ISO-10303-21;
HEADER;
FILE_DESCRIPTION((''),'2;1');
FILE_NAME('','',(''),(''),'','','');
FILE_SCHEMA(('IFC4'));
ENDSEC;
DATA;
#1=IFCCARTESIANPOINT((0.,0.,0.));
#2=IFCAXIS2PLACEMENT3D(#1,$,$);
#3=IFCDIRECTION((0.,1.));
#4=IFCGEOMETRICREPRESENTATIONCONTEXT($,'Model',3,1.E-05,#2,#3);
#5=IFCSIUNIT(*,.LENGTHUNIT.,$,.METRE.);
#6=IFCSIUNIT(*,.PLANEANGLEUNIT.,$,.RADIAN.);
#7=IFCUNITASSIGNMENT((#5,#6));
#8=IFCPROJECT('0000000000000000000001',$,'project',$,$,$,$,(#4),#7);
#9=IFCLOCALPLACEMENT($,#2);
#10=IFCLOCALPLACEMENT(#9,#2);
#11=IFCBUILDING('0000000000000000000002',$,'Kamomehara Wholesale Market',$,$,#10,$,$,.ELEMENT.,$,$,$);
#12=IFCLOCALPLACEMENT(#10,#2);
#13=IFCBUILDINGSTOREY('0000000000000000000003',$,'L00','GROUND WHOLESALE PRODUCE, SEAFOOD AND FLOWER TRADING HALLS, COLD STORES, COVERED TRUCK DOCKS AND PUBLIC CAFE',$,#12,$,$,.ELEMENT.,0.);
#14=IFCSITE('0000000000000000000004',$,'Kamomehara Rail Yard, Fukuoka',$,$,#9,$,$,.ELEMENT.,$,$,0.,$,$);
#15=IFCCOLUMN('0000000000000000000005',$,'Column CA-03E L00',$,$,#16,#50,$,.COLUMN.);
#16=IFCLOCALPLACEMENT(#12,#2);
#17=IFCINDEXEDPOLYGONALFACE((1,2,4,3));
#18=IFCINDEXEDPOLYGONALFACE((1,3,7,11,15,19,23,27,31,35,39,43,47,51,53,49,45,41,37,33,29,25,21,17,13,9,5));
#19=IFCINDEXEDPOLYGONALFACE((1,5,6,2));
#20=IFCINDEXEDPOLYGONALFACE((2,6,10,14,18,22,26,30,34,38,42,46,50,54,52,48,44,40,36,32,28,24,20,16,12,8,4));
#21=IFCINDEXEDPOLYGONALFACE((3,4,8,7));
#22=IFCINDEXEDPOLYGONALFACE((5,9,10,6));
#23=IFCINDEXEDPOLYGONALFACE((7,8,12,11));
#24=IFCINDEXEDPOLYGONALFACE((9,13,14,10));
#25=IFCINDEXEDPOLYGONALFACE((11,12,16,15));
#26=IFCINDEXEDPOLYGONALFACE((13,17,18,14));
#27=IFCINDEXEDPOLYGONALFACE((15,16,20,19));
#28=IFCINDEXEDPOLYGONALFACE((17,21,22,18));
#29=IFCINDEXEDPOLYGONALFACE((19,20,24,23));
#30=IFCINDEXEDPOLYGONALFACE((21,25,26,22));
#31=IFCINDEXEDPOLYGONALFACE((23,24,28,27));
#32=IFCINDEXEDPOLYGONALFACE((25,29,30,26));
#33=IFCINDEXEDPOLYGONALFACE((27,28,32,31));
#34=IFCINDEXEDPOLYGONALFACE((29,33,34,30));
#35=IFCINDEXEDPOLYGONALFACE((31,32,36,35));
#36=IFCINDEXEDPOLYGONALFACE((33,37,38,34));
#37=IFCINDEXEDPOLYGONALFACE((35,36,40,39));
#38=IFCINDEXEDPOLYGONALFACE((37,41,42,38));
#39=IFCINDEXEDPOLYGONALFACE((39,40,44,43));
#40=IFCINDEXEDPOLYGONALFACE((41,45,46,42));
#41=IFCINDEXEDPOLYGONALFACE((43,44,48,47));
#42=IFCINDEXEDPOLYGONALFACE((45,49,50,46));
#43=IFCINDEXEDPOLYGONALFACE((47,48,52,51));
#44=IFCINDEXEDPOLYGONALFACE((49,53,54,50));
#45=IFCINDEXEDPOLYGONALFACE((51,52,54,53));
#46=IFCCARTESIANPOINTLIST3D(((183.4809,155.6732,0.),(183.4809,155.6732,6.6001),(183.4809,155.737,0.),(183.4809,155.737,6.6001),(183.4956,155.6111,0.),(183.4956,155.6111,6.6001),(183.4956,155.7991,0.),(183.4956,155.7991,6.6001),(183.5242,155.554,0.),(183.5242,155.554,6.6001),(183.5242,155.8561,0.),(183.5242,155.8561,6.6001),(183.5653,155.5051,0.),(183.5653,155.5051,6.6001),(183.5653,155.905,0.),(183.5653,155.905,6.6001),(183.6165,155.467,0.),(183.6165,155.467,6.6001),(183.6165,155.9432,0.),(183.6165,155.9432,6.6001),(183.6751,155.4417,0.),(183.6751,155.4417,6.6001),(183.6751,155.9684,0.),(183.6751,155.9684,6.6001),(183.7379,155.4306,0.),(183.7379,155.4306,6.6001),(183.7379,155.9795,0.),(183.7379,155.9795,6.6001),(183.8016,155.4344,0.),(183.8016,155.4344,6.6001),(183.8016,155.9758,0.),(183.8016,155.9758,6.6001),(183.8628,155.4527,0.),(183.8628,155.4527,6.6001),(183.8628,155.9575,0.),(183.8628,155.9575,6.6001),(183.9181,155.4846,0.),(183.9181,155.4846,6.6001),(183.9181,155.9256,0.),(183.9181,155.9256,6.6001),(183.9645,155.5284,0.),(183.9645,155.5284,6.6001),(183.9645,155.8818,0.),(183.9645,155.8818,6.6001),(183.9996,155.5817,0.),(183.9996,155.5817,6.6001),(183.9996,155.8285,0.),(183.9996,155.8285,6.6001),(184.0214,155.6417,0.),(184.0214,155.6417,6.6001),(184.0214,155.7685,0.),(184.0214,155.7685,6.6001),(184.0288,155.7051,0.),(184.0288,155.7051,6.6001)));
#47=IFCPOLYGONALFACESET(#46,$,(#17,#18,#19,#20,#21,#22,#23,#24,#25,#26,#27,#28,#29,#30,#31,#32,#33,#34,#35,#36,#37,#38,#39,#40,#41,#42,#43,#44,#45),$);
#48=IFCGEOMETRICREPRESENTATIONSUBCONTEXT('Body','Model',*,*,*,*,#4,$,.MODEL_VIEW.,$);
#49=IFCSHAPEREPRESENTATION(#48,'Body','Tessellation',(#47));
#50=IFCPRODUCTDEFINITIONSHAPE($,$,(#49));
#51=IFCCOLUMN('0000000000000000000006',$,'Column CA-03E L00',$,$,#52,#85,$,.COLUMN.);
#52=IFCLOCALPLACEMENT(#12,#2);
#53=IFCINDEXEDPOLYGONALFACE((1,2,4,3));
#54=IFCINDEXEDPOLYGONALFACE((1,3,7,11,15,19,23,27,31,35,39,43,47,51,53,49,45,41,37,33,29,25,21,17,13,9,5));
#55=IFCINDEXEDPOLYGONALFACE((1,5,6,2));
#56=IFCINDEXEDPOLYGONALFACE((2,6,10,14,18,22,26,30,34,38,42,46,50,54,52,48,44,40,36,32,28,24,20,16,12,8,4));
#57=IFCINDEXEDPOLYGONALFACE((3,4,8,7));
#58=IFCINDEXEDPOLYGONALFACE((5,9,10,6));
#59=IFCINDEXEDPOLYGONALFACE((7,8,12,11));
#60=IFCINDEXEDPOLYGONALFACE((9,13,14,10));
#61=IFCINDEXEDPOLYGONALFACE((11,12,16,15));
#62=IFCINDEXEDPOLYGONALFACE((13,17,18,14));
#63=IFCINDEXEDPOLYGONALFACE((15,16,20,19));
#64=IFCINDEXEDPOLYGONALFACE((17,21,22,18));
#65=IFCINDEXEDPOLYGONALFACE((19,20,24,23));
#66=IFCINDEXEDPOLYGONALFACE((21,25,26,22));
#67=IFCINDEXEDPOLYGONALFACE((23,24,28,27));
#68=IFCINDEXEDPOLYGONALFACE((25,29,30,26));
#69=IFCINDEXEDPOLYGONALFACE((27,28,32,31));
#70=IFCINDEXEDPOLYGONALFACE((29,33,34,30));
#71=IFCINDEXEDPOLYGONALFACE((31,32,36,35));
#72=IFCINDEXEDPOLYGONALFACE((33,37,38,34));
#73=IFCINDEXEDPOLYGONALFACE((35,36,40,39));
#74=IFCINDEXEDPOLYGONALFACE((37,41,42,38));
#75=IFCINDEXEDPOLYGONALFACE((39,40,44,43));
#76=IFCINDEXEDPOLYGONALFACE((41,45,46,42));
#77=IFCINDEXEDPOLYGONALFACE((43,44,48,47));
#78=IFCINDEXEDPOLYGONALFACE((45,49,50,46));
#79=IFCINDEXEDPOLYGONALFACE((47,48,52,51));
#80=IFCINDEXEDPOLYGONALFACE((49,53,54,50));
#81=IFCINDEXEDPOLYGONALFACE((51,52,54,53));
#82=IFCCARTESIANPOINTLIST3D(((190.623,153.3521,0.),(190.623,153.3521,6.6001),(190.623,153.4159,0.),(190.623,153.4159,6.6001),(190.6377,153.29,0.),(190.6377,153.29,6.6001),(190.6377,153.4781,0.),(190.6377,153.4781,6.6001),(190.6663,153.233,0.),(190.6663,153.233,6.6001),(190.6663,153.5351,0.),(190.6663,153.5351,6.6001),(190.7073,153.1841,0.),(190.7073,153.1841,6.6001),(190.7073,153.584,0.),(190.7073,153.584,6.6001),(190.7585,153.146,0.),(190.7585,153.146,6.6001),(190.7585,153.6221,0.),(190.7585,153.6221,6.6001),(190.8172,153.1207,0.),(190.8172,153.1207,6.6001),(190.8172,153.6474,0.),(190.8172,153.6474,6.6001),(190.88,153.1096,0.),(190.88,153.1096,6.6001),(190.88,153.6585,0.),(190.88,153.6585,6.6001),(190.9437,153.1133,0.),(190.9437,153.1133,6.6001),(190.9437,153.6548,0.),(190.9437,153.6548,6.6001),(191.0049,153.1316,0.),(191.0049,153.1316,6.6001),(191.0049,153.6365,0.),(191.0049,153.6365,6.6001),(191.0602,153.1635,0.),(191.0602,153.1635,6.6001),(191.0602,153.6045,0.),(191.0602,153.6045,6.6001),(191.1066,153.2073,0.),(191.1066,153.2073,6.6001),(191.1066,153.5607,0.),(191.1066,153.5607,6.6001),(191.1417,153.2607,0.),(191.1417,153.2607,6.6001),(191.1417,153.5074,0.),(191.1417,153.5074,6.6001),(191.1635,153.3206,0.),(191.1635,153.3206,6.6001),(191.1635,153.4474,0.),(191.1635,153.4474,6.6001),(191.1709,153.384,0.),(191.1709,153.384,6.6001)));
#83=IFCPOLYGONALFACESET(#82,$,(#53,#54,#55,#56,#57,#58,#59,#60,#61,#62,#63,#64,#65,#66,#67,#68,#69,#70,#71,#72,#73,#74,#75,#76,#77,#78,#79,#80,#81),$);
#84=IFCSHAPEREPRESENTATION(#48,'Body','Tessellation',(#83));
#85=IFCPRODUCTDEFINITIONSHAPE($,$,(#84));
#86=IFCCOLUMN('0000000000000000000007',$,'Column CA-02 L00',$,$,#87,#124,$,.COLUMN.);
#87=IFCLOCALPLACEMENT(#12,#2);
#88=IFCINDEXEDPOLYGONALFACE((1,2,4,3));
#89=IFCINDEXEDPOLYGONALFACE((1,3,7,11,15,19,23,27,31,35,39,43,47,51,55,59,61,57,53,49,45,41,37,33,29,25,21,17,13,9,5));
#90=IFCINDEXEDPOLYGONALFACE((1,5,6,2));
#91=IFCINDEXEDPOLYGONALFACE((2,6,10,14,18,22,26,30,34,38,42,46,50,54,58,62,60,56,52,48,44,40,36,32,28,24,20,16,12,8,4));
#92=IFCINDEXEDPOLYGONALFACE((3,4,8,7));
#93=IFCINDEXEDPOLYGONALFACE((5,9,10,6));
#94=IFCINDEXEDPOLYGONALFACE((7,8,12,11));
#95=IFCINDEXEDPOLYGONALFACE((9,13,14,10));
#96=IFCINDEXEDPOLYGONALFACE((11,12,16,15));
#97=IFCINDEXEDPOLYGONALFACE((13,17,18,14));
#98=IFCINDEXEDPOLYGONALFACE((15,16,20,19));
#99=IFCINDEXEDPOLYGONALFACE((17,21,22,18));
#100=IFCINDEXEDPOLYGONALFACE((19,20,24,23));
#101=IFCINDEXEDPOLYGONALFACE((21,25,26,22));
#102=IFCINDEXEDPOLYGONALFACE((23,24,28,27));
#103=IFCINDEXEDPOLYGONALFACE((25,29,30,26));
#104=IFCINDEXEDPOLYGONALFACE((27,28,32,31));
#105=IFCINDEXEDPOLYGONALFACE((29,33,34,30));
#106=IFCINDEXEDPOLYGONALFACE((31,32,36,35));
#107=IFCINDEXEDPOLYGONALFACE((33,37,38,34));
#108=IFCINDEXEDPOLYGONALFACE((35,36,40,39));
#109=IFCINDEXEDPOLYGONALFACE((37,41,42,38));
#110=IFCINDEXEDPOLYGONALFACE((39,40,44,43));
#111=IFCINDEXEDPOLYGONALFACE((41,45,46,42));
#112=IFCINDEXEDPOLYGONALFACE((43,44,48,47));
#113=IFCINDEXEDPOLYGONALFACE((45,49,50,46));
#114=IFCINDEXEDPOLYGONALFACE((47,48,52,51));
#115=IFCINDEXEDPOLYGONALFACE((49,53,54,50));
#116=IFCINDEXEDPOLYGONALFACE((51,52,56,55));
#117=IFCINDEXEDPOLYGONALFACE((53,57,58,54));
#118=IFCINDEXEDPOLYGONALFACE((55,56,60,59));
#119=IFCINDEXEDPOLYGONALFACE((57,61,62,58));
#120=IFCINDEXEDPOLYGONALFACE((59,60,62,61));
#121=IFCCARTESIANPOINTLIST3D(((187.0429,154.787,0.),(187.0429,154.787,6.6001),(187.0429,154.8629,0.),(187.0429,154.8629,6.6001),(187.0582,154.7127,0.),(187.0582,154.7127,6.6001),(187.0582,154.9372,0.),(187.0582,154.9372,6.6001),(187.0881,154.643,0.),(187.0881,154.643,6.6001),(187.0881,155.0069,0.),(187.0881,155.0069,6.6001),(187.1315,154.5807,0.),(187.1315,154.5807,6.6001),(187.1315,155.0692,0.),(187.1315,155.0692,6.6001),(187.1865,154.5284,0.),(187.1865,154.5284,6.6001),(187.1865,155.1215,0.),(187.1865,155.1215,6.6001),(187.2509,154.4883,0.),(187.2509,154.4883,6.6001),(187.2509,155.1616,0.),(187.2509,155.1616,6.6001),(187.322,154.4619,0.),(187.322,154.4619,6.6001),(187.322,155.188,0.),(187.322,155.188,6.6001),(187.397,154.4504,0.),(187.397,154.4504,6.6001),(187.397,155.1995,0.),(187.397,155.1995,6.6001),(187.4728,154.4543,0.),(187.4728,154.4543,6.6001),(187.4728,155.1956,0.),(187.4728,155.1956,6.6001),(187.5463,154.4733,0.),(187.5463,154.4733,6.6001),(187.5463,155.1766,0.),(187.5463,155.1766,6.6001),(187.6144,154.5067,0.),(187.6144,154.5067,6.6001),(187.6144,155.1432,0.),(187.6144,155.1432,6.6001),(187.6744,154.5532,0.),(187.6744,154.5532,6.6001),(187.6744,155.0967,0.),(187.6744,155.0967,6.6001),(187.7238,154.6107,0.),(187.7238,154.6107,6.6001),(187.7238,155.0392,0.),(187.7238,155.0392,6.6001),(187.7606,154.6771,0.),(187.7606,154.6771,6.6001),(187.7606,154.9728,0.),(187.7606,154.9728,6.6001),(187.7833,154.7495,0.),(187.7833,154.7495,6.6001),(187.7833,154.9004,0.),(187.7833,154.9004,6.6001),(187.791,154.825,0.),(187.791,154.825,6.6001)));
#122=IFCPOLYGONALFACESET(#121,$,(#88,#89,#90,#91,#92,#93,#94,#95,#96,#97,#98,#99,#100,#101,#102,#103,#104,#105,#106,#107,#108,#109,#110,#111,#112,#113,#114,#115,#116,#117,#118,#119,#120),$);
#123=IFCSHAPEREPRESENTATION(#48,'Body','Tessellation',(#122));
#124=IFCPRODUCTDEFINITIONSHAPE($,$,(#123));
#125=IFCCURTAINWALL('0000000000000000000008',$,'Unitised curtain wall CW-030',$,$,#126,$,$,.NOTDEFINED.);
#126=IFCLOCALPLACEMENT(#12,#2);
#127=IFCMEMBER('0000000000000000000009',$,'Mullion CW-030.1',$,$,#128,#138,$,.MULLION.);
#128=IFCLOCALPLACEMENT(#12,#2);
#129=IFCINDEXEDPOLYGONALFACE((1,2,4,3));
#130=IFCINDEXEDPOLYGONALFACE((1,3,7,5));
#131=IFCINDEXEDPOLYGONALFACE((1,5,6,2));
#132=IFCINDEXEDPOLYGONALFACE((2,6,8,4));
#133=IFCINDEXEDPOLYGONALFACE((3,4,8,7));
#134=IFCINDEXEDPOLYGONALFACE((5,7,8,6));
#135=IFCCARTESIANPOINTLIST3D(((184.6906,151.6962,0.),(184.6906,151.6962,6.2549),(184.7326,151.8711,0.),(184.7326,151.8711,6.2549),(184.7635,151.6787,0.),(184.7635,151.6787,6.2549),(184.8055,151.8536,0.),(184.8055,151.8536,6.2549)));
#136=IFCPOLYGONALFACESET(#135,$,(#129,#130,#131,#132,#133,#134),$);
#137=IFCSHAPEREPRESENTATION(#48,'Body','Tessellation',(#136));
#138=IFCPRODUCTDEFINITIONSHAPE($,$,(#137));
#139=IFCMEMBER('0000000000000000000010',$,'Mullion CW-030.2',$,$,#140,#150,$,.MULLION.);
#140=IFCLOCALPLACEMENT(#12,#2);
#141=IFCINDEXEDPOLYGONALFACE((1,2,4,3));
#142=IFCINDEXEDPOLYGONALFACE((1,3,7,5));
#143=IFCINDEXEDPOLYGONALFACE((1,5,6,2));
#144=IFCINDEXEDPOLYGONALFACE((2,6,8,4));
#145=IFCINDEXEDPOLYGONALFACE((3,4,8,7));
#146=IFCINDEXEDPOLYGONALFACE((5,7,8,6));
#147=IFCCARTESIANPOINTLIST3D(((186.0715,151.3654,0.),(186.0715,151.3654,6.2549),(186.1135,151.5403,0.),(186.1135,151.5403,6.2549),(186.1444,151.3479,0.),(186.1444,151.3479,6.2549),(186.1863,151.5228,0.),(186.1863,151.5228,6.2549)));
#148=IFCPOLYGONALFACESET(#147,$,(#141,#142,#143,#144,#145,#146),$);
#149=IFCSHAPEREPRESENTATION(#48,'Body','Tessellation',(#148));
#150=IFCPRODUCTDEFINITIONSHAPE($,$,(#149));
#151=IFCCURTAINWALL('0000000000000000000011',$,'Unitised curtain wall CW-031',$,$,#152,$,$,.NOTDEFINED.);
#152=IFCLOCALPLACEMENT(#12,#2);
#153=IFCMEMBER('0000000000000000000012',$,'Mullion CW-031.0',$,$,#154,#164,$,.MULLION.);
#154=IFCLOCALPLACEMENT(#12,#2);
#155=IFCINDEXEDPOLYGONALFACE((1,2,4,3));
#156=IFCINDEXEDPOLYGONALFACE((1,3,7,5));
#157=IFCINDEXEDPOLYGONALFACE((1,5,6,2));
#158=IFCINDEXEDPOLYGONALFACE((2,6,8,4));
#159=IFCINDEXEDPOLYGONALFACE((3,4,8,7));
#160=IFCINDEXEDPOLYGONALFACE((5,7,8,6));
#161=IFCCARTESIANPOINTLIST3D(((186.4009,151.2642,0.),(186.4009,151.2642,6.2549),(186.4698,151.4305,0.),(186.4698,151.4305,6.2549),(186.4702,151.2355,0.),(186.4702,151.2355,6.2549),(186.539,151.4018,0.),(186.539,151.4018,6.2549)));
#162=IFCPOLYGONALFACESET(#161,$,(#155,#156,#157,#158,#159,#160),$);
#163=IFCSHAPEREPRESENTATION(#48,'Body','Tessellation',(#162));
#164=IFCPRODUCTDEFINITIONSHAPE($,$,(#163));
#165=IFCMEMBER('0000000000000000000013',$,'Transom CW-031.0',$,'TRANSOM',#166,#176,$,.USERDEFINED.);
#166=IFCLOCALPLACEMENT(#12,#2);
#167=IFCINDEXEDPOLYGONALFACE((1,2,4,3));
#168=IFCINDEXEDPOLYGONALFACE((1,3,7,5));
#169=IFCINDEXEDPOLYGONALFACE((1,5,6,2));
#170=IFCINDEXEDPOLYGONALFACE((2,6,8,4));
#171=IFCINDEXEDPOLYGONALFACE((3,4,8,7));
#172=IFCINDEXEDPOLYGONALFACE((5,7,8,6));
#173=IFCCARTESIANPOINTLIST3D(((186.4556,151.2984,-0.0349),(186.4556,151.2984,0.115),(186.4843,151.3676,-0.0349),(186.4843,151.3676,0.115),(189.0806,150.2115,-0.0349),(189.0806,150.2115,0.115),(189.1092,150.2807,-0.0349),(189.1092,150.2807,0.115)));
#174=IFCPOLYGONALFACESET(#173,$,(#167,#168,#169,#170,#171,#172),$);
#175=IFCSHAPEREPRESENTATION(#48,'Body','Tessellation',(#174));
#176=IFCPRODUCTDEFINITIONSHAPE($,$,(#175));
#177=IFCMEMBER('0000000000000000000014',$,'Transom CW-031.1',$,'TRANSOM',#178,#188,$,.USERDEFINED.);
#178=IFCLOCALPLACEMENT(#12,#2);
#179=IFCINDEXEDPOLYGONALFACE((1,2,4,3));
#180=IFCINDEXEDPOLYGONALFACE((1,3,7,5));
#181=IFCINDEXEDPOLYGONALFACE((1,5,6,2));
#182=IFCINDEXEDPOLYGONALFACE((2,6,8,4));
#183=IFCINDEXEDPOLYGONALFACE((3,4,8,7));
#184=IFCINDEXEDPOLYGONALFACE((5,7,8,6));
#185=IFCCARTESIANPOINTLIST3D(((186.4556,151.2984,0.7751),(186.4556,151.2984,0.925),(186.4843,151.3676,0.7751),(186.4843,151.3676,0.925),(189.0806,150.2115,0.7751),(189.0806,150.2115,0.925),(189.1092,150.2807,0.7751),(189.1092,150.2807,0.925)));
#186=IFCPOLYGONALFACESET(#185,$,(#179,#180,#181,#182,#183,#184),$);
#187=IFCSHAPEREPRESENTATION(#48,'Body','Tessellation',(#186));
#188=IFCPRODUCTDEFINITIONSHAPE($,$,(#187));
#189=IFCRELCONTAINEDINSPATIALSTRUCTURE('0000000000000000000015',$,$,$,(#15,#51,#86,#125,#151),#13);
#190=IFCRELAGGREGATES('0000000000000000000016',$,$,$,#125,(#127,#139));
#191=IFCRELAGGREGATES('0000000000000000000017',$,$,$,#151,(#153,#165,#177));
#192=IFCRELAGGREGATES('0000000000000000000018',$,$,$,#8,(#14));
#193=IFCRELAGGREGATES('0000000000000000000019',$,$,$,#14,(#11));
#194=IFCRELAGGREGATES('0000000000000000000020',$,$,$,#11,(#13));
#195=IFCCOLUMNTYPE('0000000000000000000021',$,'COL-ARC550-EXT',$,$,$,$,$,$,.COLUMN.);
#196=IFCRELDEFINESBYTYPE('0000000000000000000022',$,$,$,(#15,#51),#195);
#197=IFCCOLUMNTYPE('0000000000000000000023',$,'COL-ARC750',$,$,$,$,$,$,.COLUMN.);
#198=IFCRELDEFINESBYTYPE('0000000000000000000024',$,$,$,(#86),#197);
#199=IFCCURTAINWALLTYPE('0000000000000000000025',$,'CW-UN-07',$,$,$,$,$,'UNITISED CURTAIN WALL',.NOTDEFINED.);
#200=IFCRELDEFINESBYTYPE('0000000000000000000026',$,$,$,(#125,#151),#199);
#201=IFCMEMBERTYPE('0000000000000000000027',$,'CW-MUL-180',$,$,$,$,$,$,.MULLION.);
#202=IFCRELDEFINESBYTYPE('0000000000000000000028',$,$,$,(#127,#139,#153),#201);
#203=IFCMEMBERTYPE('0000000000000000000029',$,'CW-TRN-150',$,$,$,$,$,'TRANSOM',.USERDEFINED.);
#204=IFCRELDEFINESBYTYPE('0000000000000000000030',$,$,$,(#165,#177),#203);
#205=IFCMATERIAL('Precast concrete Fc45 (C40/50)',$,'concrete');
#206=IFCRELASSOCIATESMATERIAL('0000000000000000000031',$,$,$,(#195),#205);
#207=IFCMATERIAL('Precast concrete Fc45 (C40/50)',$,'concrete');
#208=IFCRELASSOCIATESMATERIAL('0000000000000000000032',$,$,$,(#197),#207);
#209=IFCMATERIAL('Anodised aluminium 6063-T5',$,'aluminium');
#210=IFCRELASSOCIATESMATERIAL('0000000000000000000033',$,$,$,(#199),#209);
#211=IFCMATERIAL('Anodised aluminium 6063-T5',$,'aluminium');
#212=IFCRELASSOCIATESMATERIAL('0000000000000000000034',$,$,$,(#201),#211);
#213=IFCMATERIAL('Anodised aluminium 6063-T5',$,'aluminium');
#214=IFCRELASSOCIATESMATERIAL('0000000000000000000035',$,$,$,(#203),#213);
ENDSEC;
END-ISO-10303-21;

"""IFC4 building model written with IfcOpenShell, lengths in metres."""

from ifc_helpers import new_model, si_unit, direction, frame, origin, origin_2d, place, context, subcontext, project, spatial, rectangle, circle, extrude, material, material_profile, profile_set, type_object, element, aggregate, save


model = new_model("IFC4")

# Units and contexts
model_context = context("Model", 3, precision=1e-05, world=origin(), true_north=direction((0.0, 1.0)))
body_context = subcontext(model_context, "Body", "Model", "MODEL_VIEW")
ifc_project = project(units=[si_unit("LENGTHUNIT", "METRE"), si_unit("PLANEANGLEUNIT", "RADIAN")], contexts=[model_context])

# Site, building, storey
site_placement = place(None, origin())
site = spatial("IfcSite", under=ifc_project, at=site_placement, Name="Kamomehara Rail Yard, Fukuoka", CompositionType="ELEMENT", RefElevation=0.0)
building_placement = place(site_placement, origin())
building = spatial("IfcBuilding", under=site, at=building_placement, Name="Kamomehara Wholesale Market", CompositionType="ELEMENT")
storey_placement = place(building_placement, origin())
storey = spatial("IfcBuildingStorey", under=building, at=storey_placement, Name="L00", Description="GROUND WHOLESALE PRODUCE, SEAFOOD AND FLOWER TRADING HALLS, COLD STORES, COVERED TRUCK DOCKS AND PUBLIC CAFE", CompositionType="ELEMENT", Elevation=0.0)

# Columns
ifc_material_1 = material(Name="Precast concrete Fc45 (C40/50)", Category="concrete")
ifc_material_profile_1 = material_profile(ifc_material_1, circle(Radius=0.2749, at=origin_2d()), Name="PC-ARC-D550")
ifc_profile_set_1 = profile_set([ifc_material_profile_1], Name="Precast concrete Fc45 (C40/50)")
column_type_1 = type_object("IfcColumnType", Name="COL-ARC550-EXT", PredefinedType="COLUMN", material=ifc_profile_set_1)
for number, where, z_axis, x_axis, name in (
    (1, (183.7539, 155.7051, 0.0), (0.0, 0.0, 1.0), (1.0, 0.0, 0.0), "Column CA-03E L00"),
    (2, (190.896, 153.384, 0.0), (0.0, 0.0, 1.0), (1.0, 0.0, 0.0), "Column CA-03E L00"),
):
    element("IfcColumn", number, at=place(storey_placement, frame(where, z_axis=z_axis, x_axis=x_axis)), inside=storey, type_object=column_type_1, Name=name, PredefinedType="COLUMN", context=body_context, shape_type="SweptSolid", body=[
        extrude(circle(Radius=0.2749, at=origin_2d()), origin(), (0.0, 0.0, 1.0), 6.6001),
    ])
ifc_material_2 = material(Name="Precast concrete Fc45 (C40/50)", Category="concrete")
ifc_material_profile_2 = material_profile(ifc_material_2, circle(Radius=0.375, at=origin_2d()), Name="PC-ARC-D750")
ifc_profile_set_2 = profile_set([ifc_material_profile_2], Name="Precast concrete Fc45 (C40/50)")
column_type_2 = type_object("IfcColumnType", Name="COL-ARC750", PredefinedType="COLUMN", material=ifc_profile_set_2)
column_placement = place(storey_placement, frame((187.416, 154.825, 0.0), z_axis=(0.0, 0.0, 1.0), x_axis=(1.0, 0.0, 0.0)))
element("IfcColumn", 3, at=column_placement, inside=storey, type_object=column_type_2, Name="Column CA-02 L00", PredefinedType="COLUMN", context=body_context, shape_type="SweptSolid", body=[
    extrude(circle(Radius=0.375, at=origin_2d()), origin(), (0.0, 0.0, 1.0), 6.6001),
])

# Curtain walls, members
ifc_material_3 = material(Name="Anodised aluminium 6063-T5", Category="aluminium")
curtain_wall_type = type_object("IfcCurtainWallType", Name="CW-UN-07", ElementType="UNITISED CURTAIN WALL", PredefinedType="NOTDEFINED", material=ifc_material_3)
curtain_wall_1_placement = place(storey_placement, origin())
curtain_wall_1 = element("IfcCurtainWall", 4, at=curtain_wall_1_placement, inside=storey, type_object=curtain_wall_type, Name="Unitised curtain wall CW-030", PredefinedType="NOTDEFINED")
ifc_material_4 = material(Name="Anodised aluminium 6063-T5", Category="aluminium")
ifc_material_profile_3 = material_profile(ifc_material_4, rectangle(XDim=0.075, YDim=0.1799, at=origin_2d()), Name="ALU-MUL-75x180")
ifc_profile_set_3 = profile_set([ifc_material_profile_3], Name="Anodised aluminium 6063-T5")
member_type_1 = type_object("IfcMemberType", Name="CW-MUL-180", PredefinedType="MULLION", material=ifc_profile_set_3)
member_1_placement = place(storey_placement, frame((184.748, 151.7749, 0.0), z_axis=(0.0, 0.0, 1.0), x_axis=(0.972397, -0.233333, 0.0)))
member_1 = element("IfcMember", 5, at=member_1_placement, type_object=member_type_1, Name="Mullion CW-030.1", PredefinedType="MULLION", context=body_context, shape_type="SweptSolid", body=[
    extrude(rectangle(XDim=0.075, YDim=0.1799, at=origin_2d()), origin(), (0.0, 0.0, 1.0), 6.2549),
])
member_2_placement = place(storey_placement, frame((186.1289, 151.4441, 0.0), z_axis=(0.0, 0.0, 1.0), x_axis=(0.972397, -0.233333, 0.0)))
member_2 = element("IfcMember", 6, at=member_2_placement, type_object=member_type_1, Name="Mullion CW-030.2", PredefinedType="MULLION", context=body_context, shape_type="SweptSolid", body=[
    extrude(rectangle(XDim=0.075, YDim=0.1799, at=origin_2d()), origin(), (0.0, 0.0, 1.0), 6.2549),
])
curtain_wall_2_placement = place(storey_placement, origin())
curtain_wall_2 = element("IfcCurtainWall", 7, at=curtain_wall_2_placement, inside=storey, type_object=curtain_wall_type, Name="Unitised curtain wall CW-031", PredefinedType="NOTDEFINED")
member_3_placement = place(storey_placement, frame((186.47, 151.333, 0.0), z_axis=(0.0, 0.0, 1.0), x_axis=(0.923918, -0.38259, 0.0)))
member_3 = element("IfcMember", 8, at=member_3_placement, type_object=member_type_1, Name="Mullion CW-031.0", PredefinedType="MULLION", context=body_context, shape_type="SweptSolid", body=[
    extrude(rectangle(XDim=0.075, YDim=0.1799, at=origin_2d()), origin(), (0.0, 0.0, 1.0), 6.2549),
])
ifc_material_5 = material(Name="Anodised aluminium 6063-T5", Category="aluminium")
ifc_material_profile_4 = material_profile(ifc_material_5, rectangle(XDim=0.075, YDim=0.1499, at=origin_2d()), Name="ALU-TRN-75x150")
ifc_profile_set_4 = profile_set([ifc_material_profile_4], Name="Anodised aluminium 6063-T5")
member_type_2 = type_object("IfcMemberType", Name="CW-TRN-150", ElementType="TRANSOM", PredefinedType="USERDEFINED", material=ifc_profile_set_4)
member_4_placement = place(storey_placement, frame((186.47, 151.333, 0.04), z_axis=(0.923929, -0.382564, 0.0), x_axis=(0.382564, 0.923929, 0.0)))
member_4 = element("IfcMember", 9, at=member_4_placement, type_object=member_type_2, Name="Transom CW-031.0", ObjectType="TRANSOM", PredefinedType="USERDEFINED", context=body_context, shape_type="SweptSolid", body=[
    extrude(rectangle(XDim=0.075, YDim=0.1499, at=origin_2d()), origin(), (0.0, 0.0, 1.0), 2.8411),
])
member_5_placement = place(storey_placement, frame((186.47, 151.333, 0.8501), z_axis=(0.923929, -0.382564, 0.0), x_axis=(0.382564, 0.923929, 0.0)))
member_5 = element("IfcMember", 10, at=member_5_placement, type_object=member_type_2, Name="Transom CW-031.1", ObjectType="TRANSOM", PredefinedType="USERDEFINED", context=body_context, shape_type="SweptSolid", body=[
    extrude(rectangle(XDim=0.075, YDim=0.1499, at=origin_2d()), origin(), (0.0, 0.0, 1.0), 2.8411),
])

aggregate(curtain_wall_1, [member_1, member_2])
aggregate(curtain_wall_2, [member_3, member_4, member_5])

save(model, "model.ifc")
